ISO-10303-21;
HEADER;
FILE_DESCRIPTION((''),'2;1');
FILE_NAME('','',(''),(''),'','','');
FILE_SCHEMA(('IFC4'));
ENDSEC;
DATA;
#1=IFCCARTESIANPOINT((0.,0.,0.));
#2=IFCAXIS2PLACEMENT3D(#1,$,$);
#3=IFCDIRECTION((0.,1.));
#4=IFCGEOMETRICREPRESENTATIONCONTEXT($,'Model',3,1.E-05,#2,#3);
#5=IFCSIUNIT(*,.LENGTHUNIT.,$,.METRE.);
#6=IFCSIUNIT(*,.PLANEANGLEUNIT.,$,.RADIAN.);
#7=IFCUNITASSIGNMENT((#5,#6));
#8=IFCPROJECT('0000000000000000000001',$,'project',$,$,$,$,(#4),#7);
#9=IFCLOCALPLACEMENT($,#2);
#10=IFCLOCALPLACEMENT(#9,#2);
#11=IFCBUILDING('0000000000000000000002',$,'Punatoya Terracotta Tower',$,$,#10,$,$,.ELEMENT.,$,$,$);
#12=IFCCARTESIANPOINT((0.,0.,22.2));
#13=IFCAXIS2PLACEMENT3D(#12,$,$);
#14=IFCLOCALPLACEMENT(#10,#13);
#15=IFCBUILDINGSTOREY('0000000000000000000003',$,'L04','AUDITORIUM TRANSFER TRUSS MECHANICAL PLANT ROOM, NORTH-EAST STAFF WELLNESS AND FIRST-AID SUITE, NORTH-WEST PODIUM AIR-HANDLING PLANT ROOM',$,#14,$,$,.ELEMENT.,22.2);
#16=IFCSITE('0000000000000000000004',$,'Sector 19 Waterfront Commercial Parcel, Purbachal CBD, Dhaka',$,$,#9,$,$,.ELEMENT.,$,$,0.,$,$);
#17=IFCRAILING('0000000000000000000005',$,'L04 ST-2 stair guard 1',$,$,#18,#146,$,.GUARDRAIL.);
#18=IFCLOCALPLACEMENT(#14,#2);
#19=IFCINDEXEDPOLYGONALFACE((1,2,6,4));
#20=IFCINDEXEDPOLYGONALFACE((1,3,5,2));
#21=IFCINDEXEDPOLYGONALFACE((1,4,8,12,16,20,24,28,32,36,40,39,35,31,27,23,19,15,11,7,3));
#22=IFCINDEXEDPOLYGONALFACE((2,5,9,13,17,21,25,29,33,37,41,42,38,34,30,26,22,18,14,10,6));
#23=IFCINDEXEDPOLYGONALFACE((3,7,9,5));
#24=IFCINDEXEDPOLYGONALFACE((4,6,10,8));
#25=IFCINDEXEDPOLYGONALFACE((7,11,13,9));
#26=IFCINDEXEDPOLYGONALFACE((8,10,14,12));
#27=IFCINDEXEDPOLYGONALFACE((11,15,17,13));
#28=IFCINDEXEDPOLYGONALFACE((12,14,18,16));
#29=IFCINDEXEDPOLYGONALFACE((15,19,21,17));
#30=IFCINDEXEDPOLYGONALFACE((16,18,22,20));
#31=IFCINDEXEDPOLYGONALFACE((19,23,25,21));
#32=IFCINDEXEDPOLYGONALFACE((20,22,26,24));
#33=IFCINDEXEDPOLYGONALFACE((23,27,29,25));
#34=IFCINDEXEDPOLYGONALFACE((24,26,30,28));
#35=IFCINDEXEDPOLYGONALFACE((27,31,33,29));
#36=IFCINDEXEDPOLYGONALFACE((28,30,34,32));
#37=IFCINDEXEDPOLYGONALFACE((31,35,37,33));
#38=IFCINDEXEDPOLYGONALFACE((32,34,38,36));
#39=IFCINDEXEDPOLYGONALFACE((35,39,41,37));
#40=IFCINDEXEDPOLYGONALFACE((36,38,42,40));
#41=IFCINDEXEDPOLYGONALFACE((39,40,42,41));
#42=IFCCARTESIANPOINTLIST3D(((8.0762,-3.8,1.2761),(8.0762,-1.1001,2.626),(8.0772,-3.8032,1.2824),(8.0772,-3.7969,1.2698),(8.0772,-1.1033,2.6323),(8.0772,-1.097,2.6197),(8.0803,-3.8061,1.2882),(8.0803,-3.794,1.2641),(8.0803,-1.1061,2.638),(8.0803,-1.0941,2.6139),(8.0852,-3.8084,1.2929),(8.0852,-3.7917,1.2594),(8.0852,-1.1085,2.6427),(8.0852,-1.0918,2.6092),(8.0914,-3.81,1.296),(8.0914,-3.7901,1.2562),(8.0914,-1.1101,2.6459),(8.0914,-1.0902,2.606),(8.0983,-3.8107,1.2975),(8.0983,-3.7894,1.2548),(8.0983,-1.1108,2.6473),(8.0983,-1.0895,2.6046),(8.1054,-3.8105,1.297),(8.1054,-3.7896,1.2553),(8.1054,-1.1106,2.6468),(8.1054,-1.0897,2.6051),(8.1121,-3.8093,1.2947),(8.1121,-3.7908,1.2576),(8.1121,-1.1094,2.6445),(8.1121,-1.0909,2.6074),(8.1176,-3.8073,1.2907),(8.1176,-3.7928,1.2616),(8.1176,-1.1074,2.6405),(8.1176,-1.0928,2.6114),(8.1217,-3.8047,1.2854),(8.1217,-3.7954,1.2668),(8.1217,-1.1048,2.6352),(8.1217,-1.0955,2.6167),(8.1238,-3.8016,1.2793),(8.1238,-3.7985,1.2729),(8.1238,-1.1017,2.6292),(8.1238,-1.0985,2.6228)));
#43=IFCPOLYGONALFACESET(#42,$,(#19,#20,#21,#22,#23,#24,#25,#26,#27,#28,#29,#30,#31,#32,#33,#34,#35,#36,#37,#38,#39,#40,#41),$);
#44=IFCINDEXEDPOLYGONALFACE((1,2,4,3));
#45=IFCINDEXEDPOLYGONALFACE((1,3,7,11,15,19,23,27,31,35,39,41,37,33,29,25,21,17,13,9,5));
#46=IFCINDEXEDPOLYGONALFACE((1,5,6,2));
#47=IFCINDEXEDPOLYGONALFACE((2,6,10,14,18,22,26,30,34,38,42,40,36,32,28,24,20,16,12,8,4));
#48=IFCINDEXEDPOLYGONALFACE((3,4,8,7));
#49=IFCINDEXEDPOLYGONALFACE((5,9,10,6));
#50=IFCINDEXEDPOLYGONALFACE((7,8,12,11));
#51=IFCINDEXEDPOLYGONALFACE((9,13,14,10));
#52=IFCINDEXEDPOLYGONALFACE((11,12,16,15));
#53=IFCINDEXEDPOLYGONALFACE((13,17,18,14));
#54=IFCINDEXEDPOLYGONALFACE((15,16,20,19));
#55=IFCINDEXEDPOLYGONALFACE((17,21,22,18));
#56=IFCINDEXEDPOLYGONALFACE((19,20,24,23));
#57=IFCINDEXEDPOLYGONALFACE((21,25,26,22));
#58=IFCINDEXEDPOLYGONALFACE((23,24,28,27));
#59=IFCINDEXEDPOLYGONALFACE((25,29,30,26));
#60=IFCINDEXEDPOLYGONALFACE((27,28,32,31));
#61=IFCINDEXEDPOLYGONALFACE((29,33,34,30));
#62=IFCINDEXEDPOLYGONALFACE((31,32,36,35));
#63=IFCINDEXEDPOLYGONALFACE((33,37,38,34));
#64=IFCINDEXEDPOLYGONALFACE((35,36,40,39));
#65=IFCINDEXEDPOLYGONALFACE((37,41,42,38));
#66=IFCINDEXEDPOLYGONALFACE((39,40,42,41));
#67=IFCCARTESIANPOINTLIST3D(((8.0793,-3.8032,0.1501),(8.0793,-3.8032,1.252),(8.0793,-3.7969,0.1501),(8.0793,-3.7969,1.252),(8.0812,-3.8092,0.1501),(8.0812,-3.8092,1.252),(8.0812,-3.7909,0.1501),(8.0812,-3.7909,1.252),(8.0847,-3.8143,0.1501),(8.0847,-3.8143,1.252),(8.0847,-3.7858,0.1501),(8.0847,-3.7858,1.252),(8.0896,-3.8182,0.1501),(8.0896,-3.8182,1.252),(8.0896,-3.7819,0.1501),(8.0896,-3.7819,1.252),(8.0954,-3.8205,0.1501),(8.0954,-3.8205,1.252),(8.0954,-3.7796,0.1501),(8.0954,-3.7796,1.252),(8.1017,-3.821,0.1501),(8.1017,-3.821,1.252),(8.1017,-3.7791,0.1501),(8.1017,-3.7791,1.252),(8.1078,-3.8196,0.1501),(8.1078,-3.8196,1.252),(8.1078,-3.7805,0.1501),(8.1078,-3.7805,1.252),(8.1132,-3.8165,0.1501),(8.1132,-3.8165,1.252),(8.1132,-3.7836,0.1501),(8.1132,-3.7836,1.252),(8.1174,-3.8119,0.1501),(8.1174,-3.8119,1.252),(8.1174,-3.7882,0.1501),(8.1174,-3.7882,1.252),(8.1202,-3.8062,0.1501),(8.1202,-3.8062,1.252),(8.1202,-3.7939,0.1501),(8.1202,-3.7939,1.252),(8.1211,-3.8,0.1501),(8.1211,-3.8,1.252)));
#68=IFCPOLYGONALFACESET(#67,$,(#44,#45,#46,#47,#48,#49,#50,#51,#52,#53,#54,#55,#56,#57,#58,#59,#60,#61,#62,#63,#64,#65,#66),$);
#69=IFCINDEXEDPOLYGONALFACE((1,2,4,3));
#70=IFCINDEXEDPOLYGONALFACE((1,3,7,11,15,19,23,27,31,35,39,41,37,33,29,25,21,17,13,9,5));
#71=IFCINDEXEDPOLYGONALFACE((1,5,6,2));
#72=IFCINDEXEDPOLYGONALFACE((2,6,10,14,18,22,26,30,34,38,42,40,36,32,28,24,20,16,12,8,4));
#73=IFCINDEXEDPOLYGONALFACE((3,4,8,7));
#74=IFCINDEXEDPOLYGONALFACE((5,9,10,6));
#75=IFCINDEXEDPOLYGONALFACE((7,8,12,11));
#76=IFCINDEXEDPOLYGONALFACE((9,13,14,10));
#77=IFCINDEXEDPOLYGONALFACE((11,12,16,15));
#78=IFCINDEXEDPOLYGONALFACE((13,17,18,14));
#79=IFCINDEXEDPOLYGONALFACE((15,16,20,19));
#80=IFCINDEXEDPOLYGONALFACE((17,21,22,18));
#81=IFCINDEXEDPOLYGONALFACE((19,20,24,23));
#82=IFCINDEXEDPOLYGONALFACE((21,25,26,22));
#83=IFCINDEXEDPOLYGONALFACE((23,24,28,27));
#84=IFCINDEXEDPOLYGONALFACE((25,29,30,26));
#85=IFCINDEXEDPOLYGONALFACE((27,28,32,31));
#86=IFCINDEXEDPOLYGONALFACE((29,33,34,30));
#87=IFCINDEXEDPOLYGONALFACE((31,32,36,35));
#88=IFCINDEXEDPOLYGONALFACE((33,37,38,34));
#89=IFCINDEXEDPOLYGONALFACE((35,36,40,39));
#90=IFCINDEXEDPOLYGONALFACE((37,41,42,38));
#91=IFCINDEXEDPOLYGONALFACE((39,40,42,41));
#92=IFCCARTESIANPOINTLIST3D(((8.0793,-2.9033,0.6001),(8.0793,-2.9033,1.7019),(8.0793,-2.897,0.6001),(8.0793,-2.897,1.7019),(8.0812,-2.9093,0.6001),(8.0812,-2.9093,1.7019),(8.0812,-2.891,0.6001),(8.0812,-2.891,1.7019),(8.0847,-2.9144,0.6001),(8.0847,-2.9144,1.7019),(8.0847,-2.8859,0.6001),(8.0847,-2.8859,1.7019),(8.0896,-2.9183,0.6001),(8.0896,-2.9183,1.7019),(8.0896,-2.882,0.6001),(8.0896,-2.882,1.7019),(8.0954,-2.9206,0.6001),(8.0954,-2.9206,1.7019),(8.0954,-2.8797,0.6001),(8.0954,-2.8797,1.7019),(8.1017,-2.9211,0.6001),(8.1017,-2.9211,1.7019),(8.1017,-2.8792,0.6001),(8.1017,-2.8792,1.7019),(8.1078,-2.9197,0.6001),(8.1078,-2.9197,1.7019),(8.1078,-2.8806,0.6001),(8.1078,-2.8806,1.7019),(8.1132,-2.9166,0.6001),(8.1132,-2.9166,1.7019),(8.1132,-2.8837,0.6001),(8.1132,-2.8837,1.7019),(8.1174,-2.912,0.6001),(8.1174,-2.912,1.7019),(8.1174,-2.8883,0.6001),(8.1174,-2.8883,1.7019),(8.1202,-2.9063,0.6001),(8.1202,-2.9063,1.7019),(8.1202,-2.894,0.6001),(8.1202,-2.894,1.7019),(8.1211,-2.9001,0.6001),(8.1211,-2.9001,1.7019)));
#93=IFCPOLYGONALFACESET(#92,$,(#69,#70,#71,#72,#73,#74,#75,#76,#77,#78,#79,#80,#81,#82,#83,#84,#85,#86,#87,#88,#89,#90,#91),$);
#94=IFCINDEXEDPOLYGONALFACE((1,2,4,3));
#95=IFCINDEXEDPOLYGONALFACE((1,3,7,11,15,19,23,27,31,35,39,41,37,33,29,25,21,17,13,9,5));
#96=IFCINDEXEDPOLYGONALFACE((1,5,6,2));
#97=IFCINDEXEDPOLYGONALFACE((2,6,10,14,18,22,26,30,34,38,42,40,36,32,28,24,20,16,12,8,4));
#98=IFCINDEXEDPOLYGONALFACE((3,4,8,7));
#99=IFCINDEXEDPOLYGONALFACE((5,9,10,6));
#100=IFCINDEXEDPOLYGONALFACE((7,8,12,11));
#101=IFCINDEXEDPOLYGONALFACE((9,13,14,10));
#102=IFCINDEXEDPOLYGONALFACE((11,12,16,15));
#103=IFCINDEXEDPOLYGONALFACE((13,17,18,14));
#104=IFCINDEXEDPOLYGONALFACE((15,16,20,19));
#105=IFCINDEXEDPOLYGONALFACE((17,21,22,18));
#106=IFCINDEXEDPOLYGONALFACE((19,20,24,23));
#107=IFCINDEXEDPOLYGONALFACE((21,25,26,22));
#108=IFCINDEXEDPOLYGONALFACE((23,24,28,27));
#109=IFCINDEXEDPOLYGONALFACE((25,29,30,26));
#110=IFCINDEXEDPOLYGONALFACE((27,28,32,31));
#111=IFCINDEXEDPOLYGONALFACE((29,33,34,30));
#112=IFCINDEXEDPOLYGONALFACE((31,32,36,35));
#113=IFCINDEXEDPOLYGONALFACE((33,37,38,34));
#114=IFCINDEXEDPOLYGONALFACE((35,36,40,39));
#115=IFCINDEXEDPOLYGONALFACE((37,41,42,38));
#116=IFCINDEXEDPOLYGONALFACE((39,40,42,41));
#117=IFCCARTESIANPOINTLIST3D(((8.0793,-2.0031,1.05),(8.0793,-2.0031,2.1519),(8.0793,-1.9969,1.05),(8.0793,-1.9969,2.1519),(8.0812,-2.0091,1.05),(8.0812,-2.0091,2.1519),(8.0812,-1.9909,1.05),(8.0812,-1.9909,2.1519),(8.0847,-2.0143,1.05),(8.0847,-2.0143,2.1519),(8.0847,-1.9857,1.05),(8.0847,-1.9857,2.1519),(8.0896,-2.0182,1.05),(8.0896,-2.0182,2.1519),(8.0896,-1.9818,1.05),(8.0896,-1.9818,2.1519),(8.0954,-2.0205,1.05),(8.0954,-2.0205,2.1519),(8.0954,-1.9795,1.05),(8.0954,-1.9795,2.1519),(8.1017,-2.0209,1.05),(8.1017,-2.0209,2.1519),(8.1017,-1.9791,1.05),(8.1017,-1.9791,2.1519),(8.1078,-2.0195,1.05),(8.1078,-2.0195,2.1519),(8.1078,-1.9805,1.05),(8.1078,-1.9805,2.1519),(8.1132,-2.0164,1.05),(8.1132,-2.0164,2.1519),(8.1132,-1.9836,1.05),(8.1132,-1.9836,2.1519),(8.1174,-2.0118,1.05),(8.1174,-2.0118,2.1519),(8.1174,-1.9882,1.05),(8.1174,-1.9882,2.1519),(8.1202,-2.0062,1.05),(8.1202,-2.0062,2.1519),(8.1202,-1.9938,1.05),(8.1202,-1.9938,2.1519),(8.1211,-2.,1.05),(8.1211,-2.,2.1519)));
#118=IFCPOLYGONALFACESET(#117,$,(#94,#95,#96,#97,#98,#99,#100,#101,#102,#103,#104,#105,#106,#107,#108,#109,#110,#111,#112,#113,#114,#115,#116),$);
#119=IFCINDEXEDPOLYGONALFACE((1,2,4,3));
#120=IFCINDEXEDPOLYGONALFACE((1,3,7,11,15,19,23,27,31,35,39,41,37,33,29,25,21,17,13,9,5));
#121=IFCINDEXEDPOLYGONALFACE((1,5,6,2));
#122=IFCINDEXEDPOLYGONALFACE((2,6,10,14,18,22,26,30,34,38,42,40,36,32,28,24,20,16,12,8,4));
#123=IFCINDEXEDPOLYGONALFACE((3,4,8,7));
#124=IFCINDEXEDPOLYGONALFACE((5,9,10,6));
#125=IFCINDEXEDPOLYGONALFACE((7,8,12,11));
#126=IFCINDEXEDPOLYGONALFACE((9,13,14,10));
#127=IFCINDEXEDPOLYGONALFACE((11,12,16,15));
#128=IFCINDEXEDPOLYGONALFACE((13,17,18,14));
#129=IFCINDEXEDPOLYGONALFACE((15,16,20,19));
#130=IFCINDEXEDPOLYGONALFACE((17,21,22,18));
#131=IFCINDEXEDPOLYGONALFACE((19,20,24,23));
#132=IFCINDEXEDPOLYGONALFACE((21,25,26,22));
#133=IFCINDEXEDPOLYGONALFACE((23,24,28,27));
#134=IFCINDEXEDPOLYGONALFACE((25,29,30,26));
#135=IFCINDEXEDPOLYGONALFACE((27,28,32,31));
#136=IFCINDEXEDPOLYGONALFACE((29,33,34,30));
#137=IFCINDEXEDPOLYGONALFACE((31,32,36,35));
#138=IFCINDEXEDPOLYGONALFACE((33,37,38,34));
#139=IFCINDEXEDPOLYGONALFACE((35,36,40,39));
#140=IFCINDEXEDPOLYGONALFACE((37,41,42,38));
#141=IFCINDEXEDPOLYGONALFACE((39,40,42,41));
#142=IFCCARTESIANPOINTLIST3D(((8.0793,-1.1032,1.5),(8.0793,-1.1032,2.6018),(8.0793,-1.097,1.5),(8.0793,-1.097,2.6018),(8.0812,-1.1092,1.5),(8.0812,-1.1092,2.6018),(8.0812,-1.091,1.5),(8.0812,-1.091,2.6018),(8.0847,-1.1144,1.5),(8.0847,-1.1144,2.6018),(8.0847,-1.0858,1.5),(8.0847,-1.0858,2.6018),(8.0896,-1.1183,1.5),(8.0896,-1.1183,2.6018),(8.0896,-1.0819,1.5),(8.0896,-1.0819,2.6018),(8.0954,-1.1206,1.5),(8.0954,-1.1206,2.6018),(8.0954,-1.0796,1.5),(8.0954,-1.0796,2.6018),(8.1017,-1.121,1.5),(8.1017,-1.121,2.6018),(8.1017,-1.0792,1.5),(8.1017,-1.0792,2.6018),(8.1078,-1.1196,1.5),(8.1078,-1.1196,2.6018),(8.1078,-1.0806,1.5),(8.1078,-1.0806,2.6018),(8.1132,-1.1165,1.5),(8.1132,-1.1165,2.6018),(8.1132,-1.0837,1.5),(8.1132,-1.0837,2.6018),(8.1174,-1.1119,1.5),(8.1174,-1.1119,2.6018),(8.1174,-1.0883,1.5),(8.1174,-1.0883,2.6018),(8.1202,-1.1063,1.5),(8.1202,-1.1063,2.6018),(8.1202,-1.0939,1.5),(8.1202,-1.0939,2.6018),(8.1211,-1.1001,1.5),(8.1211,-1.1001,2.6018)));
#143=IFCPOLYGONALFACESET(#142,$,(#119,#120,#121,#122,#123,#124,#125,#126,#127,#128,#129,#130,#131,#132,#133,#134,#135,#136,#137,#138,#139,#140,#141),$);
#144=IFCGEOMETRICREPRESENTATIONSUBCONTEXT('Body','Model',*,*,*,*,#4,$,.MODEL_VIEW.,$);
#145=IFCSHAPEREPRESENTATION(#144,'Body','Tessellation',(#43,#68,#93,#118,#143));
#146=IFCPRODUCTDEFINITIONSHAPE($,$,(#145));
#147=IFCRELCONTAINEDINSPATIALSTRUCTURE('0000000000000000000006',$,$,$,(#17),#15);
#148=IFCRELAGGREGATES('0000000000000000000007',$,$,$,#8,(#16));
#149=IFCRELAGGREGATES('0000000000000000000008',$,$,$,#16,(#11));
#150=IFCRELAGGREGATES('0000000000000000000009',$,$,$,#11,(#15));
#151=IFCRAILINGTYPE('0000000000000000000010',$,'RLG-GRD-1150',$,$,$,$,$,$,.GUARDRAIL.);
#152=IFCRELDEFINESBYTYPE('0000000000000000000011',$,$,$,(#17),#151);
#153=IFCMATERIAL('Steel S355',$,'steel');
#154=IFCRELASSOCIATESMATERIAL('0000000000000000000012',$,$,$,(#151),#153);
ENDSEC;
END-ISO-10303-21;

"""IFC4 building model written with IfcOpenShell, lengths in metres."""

from ifc_helpers import new_model, si_unit, direction, frame, origin, origin_2d, place, context, subcontext, project, spatial, circle, extrude, material, type_object, element, save


model = new_model("IFC4")

# Units and contexts
model_context = context("Model", 3, precision=1e-05, world=origin(), true_north=direction((0.0, 1.0)))
body_context = subcontext(model_context, "Body", "Model", "MODEL_VIEW")
ifc_project = project(units=[si_unit("LENGTHUNIT", "METRE"), si_unit("PLANEANGLEUNIT", "RADIAN")], contexts=[model_context])

# Site, building, storey
site_placement = place(None, origin())
site = spatial("IfcSite", under=ifc_project, at=site_placement, Name="Sector 19 Waterfront Commercial Parcel, Purbachal CBD, Dhaka", CompositionType="ELEMENT", RefElevation=0.0)
building_placement = place(site_placement, origin())
building = spatial("IfcBuilding", under=site, at=building_placement, Name="Punatoya Terracotta Tower", CompositionType="ELEMENT")
storey_placement = place(building_placement, frame((0.0, 0.0, 22.2)))
storey = spatial("IfcBuildingStorey", under=building, at=storey_placement, Name="L04", Description="AUDITORIUM TRANSFER TRUSS MECHANICAL PLANT ROOM, NORTH-EAST STAFF WELLNESS AND FIRST-AID SUITE, NORTH-WEST PODIUM AIR-HANDLING PLANT ROOM", CompositionType="ELEMENT", Elevation=22.2)

# Shared definitions
ifc_material_1 = material(Name="Steel S355", Category="steel")

# Railing
railing_type_1 = type_object("IfcRailingType", Name="RLG-GRD-1150", PredefinedType="GUARDRAIL", material=ifc_material_1)
railing_1_placement = place(storey_placement, frame((8.1001, -3.8, 0.1501)))
element("IfcRailing", 1, at=railing_1_placement, inside=storey, type_object=railing_type_1, Name="L04 ST-2 stair guard 1", PredefinedType="GUARDRAIL", context=body_context, shape_type="SweptSolid", body=[
    extrude(circle(Radius=0.0239, at=origin_2d()), frame((0.0, 0.0, 1.126), z_axis=(0.0, 0.894443, 0.447181), x_axis=(-1.0, 0.0, 0.0)), (0.0, 0.0, 1.0), 3.0186),
    extrude(circle(Radius=0.021, at=origin_2d()), origin(), (0.0, 0.0, 1.0), 1.1018),
    extrude(circle(Radius=0.021, at=origin_2d()), frame((0.0, 0.8999, 0.45)), (0.0, 0.0, 1.0), 1.1018),
    extrude(circle(Radius=0.021, at=origin_2d()), frame((0.0, 1.8, 0.8999)), (0.0, 0.0, 1.0), 1.1018),
    extrude(circle(Radius=0.021, at=origin_2d()), frame((0.0, 2.7, 1.3499)), (0.0, 0.0, 1.0), 1.1018),
])

save(model, "model.ifc")
